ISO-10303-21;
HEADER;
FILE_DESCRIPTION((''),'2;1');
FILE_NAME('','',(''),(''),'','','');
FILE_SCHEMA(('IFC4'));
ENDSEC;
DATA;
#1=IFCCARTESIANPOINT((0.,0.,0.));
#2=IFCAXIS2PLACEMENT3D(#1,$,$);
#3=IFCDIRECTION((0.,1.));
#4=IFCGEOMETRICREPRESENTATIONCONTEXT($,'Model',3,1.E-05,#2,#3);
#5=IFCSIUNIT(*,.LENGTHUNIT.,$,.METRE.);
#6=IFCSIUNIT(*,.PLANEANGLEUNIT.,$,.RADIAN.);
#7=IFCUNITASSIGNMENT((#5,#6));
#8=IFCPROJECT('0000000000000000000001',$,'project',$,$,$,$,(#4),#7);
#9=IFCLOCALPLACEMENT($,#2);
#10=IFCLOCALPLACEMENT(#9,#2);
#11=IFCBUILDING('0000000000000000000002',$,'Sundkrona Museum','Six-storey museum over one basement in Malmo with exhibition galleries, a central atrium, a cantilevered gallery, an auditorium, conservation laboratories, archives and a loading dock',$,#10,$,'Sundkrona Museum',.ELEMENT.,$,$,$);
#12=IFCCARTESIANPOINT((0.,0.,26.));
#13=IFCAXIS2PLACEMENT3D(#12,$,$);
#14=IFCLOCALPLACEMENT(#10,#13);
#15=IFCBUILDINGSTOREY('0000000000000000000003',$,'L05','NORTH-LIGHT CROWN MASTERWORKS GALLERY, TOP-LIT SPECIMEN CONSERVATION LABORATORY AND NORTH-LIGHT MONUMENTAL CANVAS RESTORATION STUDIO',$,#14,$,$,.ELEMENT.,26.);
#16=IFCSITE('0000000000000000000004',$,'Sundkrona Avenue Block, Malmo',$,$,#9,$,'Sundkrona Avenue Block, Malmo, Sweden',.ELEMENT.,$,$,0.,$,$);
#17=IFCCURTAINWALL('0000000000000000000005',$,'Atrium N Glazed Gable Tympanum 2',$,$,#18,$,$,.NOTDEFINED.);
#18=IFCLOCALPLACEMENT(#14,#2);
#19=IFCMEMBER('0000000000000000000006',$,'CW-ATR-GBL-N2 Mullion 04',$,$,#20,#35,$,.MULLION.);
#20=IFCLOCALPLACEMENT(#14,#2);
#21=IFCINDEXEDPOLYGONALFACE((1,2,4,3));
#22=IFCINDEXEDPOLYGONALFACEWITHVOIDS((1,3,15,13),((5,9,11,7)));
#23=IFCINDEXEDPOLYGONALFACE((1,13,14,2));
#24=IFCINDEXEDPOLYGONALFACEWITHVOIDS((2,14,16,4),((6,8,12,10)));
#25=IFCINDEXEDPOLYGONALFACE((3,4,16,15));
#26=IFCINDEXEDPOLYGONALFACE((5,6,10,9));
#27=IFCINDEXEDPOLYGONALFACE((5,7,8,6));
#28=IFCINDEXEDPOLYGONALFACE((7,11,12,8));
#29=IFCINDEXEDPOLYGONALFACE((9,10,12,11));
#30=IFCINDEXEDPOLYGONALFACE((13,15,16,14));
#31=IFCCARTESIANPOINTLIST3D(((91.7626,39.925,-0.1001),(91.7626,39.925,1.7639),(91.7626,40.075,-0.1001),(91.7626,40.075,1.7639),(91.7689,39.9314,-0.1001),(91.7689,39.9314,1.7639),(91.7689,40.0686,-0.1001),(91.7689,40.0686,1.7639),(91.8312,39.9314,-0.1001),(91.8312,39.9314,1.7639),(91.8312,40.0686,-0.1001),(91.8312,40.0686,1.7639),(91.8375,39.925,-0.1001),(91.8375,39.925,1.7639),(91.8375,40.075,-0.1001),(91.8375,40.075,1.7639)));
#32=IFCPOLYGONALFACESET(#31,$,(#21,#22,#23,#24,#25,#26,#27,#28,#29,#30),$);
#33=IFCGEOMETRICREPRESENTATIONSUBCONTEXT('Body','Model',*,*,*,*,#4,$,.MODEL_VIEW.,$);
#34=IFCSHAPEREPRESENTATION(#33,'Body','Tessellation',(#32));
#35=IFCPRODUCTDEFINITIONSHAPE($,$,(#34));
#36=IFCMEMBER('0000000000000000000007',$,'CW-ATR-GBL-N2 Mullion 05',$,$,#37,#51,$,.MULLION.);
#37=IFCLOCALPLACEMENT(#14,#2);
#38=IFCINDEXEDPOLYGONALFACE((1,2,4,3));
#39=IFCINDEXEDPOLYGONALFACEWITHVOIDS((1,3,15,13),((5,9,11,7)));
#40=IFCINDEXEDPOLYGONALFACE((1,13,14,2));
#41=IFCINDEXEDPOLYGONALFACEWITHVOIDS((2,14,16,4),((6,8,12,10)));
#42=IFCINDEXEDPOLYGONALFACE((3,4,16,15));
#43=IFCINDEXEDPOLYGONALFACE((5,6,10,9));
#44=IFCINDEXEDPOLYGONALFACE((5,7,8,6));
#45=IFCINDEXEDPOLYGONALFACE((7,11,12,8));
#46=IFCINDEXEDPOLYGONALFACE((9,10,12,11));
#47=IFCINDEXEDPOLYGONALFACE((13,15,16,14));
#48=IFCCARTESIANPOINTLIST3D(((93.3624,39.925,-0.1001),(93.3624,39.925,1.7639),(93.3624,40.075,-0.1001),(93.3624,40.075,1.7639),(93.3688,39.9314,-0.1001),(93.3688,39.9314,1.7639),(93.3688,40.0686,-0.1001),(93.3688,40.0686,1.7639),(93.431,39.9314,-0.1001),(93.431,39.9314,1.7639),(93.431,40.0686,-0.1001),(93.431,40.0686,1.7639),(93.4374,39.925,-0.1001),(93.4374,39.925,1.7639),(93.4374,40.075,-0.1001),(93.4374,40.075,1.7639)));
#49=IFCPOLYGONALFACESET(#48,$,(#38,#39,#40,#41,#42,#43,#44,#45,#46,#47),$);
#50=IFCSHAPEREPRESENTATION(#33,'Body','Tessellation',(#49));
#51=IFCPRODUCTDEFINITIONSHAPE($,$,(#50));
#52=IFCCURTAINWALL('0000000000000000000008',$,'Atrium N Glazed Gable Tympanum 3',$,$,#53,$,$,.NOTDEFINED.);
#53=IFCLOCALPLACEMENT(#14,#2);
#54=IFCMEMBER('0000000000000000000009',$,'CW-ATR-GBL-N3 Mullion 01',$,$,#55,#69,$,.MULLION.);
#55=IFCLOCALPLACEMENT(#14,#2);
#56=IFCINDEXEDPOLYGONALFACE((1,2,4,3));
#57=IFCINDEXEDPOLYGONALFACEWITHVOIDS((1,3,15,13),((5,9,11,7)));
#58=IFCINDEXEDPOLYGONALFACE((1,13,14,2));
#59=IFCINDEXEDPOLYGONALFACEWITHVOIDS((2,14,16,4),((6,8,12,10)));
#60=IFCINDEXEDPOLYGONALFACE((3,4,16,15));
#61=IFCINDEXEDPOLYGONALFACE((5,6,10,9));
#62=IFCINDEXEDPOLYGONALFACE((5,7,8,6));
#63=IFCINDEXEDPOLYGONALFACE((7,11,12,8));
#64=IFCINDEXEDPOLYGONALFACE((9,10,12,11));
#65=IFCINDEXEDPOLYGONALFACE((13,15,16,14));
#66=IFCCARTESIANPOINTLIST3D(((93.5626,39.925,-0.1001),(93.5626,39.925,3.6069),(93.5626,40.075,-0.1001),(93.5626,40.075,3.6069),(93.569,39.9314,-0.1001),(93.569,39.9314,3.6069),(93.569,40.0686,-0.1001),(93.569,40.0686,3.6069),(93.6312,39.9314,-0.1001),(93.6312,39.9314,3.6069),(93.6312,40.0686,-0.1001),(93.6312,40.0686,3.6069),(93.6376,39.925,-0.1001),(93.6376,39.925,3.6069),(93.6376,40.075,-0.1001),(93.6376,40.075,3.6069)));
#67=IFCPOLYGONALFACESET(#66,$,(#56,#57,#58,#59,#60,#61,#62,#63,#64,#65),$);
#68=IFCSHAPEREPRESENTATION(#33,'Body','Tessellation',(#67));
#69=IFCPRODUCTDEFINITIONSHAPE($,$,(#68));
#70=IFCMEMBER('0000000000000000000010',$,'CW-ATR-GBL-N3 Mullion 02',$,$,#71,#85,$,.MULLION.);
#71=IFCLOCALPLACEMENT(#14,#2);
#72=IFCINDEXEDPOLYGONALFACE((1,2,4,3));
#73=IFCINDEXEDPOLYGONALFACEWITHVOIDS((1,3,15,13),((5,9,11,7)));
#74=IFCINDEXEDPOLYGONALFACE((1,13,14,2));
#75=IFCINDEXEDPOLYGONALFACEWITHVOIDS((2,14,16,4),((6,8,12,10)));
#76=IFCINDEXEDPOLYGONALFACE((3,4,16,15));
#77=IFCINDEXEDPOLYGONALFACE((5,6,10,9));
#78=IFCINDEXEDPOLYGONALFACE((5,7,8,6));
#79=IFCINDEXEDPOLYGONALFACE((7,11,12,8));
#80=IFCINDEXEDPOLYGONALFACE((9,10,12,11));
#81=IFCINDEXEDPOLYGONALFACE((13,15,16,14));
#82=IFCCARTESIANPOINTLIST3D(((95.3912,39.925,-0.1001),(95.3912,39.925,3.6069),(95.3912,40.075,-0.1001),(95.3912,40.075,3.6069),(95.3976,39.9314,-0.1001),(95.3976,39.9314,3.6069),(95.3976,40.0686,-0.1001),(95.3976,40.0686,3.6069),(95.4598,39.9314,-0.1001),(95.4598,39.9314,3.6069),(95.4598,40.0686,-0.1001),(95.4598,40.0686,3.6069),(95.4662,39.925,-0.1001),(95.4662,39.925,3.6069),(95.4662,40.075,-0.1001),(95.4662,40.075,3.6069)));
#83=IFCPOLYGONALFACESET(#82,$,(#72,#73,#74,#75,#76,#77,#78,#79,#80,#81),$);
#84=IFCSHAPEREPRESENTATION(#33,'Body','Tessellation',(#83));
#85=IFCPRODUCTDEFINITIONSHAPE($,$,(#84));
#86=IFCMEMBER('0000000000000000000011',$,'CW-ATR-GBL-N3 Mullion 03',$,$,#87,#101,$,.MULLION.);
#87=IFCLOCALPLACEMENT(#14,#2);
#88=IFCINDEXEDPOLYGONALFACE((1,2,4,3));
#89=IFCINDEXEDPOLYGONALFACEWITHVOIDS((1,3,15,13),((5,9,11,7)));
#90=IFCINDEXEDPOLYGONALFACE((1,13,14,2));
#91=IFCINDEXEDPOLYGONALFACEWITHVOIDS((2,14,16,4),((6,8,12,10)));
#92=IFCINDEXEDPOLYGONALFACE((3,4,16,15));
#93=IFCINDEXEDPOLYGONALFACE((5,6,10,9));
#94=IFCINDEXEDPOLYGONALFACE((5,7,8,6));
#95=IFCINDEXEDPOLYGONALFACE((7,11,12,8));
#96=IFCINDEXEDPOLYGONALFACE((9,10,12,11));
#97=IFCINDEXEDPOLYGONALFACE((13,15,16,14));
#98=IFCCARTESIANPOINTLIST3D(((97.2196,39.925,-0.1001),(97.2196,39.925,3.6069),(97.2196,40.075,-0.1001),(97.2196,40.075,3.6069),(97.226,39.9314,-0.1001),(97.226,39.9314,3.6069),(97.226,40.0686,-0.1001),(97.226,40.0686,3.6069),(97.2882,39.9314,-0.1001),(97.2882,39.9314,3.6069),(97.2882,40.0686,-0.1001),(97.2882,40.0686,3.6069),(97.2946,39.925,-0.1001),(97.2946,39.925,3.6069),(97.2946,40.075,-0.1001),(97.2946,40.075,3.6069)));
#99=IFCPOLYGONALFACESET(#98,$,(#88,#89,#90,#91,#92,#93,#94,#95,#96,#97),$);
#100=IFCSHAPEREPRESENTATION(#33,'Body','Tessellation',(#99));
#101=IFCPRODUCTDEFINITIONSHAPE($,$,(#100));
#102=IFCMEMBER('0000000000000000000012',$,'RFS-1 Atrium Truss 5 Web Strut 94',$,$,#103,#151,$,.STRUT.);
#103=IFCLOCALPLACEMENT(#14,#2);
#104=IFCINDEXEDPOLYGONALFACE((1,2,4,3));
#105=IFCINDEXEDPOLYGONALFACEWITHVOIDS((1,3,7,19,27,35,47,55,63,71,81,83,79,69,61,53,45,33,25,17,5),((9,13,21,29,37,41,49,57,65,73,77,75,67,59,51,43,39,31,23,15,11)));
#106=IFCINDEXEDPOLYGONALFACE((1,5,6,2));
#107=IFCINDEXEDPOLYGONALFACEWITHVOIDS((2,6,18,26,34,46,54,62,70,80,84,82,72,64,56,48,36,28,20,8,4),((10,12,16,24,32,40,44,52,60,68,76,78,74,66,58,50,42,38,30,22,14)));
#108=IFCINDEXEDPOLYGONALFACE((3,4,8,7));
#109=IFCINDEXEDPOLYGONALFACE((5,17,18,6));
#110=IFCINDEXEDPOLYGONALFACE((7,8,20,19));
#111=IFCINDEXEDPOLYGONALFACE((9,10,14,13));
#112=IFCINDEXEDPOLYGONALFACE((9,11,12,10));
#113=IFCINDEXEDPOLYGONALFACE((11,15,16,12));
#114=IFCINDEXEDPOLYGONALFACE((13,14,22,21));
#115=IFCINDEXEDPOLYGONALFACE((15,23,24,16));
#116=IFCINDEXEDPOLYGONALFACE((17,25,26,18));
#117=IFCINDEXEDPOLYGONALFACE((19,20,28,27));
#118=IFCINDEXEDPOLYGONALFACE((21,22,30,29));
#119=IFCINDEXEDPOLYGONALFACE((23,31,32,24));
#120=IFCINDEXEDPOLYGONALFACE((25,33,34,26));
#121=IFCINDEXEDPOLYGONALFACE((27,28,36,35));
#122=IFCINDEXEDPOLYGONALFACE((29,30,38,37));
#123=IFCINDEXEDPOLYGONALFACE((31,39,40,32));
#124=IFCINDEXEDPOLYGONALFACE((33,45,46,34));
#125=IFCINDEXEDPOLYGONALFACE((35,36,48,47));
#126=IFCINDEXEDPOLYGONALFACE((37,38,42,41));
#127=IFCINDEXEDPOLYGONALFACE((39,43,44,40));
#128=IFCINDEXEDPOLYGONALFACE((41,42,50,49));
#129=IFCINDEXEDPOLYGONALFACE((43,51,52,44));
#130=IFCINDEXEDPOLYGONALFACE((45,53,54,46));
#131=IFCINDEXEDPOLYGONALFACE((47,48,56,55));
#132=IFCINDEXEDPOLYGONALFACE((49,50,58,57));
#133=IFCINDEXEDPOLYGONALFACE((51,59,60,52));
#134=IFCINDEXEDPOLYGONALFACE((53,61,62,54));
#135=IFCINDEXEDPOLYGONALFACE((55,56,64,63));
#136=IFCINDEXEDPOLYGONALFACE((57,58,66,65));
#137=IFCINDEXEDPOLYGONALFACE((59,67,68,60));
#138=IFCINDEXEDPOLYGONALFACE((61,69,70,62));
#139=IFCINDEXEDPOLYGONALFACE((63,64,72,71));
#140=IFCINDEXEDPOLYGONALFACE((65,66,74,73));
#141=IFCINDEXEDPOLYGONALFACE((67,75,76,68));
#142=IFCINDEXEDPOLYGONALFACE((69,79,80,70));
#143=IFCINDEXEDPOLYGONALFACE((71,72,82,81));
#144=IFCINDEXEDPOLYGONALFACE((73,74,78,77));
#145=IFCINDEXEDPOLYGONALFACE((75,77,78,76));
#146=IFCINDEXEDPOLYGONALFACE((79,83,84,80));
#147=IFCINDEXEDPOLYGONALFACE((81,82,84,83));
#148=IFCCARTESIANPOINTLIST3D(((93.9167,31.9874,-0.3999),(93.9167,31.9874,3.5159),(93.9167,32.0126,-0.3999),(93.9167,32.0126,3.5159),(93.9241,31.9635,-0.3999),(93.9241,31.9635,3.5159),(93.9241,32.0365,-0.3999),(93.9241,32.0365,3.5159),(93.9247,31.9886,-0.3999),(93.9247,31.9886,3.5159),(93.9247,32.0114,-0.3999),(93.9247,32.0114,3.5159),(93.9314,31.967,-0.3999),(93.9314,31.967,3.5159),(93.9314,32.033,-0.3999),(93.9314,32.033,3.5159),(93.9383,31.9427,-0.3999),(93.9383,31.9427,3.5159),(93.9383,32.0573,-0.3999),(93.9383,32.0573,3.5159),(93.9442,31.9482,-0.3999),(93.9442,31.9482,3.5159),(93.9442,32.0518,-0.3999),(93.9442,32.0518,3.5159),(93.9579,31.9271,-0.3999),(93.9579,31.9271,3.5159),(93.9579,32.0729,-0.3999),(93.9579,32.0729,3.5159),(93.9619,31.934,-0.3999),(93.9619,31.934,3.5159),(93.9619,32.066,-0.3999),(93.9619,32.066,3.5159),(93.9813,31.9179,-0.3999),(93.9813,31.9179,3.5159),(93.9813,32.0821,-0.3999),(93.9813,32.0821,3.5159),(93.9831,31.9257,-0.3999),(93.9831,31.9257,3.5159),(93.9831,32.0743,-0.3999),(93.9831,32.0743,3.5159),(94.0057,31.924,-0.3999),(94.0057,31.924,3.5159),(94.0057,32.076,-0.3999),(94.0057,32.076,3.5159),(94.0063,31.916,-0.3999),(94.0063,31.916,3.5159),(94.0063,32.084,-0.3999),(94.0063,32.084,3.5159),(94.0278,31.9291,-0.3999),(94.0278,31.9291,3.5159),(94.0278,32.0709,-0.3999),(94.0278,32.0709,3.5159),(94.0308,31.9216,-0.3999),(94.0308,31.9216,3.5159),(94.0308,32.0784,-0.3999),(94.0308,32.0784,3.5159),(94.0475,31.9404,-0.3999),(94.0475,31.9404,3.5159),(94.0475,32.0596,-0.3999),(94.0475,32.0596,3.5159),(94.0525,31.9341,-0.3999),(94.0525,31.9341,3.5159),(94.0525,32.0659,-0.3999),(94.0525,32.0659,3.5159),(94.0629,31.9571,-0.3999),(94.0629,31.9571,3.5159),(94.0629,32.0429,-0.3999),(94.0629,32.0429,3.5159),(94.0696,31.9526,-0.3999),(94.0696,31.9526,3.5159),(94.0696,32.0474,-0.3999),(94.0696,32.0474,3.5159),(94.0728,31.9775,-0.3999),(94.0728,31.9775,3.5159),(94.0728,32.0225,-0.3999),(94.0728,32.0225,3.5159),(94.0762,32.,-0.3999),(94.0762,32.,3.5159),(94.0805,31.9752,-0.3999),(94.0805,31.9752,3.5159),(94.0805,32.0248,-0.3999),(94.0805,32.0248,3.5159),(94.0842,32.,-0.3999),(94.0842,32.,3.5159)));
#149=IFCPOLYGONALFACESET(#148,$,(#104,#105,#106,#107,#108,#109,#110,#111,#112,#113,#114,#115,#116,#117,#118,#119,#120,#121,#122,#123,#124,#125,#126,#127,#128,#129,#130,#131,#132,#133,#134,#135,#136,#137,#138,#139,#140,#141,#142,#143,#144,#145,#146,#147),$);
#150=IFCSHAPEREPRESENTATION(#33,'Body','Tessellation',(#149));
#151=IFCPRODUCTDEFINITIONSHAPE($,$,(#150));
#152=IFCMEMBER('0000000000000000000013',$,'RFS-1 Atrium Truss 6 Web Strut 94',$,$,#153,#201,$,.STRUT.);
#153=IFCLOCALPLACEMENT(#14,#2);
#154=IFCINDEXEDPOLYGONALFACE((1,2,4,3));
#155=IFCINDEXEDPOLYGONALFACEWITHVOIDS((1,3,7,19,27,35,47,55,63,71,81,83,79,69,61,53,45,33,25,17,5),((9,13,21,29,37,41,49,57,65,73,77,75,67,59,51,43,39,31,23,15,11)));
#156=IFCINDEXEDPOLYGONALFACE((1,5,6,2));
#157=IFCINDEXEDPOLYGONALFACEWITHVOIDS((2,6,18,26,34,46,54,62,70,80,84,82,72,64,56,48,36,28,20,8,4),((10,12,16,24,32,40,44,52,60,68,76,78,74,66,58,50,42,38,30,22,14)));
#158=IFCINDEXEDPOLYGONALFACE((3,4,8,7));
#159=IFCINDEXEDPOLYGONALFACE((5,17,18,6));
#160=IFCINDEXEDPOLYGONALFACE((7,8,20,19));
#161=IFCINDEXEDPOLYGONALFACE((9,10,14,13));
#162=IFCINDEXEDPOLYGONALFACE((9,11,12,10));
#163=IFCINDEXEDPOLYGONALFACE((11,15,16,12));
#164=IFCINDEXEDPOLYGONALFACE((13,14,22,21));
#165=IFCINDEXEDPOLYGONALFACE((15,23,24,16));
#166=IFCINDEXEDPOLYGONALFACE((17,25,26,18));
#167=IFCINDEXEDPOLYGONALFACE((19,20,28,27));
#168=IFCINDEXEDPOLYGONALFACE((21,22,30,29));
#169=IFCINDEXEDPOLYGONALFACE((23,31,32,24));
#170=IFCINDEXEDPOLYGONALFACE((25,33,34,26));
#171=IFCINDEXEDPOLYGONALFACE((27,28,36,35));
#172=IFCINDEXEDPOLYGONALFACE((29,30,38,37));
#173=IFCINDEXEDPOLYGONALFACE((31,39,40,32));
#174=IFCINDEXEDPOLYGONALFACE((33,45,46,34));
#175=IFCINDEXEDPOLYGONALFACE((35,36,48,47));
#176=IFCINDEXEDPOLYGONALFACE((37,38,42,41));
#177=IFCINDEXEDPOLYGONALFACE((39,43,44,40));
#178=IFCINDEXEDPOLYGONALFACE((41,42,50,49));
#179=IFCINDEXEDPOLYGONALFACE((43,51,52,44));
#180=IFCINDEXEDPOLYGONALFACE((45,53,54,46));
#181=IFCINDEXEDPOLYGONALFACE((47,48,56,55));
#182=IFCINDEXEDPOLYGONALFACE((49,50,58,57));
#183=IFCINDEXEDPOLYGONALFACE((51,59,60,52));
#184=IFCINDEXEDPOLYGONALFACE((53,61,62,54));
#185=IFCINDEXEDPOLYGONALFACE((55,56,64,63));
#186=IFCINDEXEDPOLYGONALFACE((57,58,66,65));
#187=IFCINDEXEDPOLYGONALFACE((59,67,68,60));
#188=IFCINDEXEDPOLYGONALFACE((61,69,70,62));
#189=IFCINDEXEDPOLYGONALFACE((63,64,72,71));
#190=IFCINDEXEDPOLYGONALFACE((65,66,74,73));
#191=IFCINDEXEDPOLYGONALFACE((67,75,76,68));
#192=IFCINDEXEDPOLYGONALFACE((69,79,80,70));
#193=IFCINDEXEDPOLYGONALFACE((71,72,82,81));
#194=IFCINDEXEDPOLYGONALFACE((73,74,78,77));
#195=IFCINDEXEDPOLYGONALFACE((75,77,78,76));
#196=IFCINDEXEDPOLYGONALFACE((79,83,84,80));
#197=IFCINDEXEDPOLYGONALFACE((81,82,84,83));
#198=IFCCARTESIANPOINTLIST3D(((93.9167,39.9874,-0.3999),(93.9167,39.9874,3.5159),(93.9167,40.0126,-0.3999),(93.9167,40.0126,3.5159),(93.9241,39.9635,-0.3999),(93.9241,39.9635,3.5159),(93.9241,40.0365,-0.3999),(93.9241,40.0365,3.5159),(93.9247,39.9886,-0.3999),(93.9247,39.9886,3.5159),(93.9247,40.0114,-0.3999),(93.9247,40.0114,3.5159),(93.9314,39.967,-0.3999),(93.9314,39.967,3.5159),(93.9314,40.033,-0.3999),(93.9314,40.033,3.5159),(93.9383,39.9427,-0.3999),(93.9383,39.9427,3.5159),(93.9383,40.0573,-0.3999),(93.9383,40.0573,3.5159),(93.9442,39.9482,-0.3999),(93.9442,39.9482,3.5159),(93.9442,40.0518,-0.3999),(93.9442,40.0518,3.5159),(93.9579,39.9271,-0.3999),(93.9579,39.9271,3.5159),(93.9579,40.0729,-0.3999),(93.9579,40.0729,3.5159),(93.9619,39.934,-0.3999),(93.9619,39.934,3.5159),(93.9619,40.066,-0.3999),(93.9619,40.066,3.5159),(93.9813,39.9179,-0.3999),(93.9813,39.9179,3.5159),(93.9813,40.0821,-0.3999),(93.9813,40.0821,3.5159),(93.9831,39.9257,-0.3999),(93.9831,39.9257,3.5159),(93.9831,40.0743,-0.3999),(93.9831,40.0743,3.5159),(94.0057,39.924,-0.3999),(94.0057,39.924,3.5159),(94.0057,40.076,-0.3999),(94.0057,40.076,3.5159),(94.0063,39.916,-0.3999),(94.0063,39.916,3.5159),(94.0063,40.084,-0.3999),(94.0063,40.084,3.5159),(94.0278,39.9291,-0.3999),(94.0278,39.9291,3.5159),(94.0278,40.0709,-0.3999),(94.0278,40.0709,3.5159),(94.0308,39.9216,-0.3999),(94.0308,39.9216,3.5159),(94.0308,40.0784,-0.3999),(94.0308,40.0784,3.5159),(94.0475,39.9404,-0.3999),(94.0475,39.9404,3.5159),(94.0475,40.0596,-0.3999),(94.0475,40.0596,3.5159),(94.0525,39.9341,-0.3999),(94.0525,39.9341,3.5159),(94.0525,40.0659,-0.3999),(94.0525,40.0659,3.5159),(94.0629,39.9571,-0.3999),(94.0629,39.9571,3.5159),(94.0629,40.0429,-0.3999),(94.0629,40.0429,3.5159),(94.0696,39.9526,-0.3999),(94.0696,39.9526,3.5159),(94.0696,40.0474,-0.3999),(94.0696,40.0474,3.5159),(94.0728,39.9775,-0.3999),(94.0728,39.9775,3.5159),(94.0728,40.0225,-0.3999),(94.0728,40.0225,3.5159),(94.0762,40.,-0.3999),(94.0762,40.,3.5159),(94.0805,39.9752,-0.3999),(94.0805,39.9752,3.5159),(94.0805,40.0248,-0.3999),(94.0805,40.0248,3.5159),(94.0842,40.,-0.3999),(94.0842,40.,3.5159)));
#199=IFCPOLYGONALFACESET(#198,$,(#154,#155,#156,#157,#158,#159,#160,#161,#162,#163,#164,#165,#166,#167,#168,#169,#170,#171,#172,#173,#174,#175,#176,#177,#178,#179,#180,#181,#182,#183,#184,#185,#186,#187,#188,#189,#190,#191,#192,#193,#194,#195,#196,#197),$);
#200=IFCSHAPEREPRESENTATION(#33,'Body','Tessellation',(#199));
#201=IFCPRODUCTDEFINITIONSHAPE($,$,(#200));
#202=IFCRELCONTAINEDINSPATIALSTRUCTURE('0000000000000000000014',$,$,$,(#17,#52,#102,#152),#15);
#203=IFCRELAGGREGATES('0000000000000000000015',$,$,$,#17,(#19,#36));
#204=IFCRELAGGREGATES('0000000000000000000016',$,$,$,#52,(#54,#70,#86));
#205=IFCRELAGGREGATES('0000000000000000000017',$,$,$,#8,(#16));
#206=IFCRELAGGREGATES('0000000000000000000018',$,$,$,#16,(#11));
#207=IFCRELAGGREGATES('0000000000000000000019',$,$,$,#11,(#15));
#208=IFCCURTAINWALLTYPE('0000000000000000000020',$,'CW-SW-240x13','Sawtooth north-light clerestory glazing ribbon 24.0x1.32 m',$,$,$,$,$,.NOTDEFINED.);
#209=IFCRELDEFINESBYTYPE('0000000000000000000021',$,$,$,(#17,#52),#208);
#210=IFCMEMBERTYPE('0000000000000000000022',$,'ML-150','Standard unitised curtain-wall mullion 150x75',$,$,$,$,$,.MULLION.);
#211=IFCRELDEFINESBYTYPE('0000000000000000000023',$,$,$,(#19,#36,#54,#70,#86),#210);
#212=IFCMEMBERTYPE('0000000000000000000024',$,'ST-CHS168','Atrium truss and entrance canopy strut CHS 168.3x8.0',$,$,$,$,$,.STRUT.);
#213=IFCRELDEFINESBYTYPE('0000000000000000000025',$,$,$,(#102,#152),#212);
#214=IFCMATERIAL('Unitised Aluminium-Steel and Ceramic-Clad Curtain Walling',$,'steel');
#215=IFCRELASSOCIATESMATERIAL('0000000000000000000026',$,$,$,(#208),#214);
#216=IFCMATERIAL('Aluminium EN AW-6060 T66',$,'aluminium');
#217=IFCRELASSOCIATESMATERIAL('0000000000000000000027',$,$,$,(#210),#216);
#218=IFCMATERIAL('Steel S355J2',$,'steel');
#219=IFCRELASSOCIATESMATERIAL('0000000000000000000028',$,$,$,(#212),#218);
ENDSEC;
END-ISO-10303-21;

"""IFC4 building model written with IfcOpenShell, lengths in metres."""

from ifc_helpers import new_model, si_unit, direction, frame, origin, origin_2d, place, context, subcontext, project, spatial, hollow_rectangle, hollow_circle, extrude, material, material_profile, profile_set, type_object, element, aggregate, save


model = new_model("IFC4")

# Units and contexts
model_context = context("Model", 3, precision=1e-05, world=origin(), true_north=direction((0.0, 1.0)))
body_context = subcontext(model_context, "Body", "Model", "MODEL_VIEW")
ifc_project = project(units=[si_unit("LENGTHUNIT", "METRE"), si_unit("PLANEANGLEUNIT", "RADIAN")], contexts=[model_context])

# Site, building, storey
site_placement = place(None, origin())
site = spatial("IfcSite", under=ifc_project, at=site_placement, Name="Sundkrona Avenue Block, Malmo", LongName="Sundkrona Avenue Block, Malmo, Sweden", CompositionType="ELEMENT", RefElevation=0.0)
building_placement = place(site_placement, origin())
building = spatial("IfcBuilding", under=site, at=building_placement, Name="Sundkrona Museum", Description="Six-storey museum over one basement in Malmo with exhibition galleries, a central atrium, a cantilevered gallery, an auditorium, conservation laboratories, archives and a loading dock", LongName="Sundkrona Museum", CompositionType="ELEMENT")
storey_placement = place(building_placement, frame((0.0, 0.0, 26.0)))
storey = spatial("IfcBuildingStorey", under=building, at=storey_placement, Name="L05", Description="NORTH-LIGHT CROWN MASTERWORKS GALLERY, TOP-LIT SPECIMEN CONSERVATION LABORATORY AND NORTH-LIGHT MONUMENTAL CANVAS RESTORATION STUDIO", CompositionType="ELEMENT", Elevation=26.0)

# Curtain walls, members
ifc_material_1 = material(Name="Unitised Aluminium-Steel and Ceramic-Clad Curtain Walling", Category="steel")
curtain_wall_type = type_object("IfcCurtainWallType", Name="CW-SW-240x13", Description="Sawtooth north-light clerestory glazing ribbon 24.0x1.32 m", PredefinedType="NOTDEFINED", material=ifc_material_1)
curtain_wall_1_placement = place(storey_placement, origin())
curtain_wall_1 = element("IfcCurtainWall", 1, at=curtain_wall_1_placement, inside=storey, type_object=curtain_wall_type, Name="Atrium N Glazed Gable Tympanum 2", PredefinedType="NOTDEFINED")
ifc_material_2 = material(Name="Aluminium EN AW-6060 T66", Category="aluminium")
ifc_material_profile_1 = material_profile(ifc_material_2, hollow_rectangle(XDim=0.075, YDim=0.1499, WallThickness=0.0063, at=origin_2d()), Name="RHS 150x75x6.3")
ifc_profile_set_1 = profile_set([ifc_material_profile_1], Name="Aluminium EN AW-6060 T66")
member_type_1 = type_object("IfcMemberType", Name="ML-150", Description="Standard unitised curtain-wall mullion 150x75", PredefinedType="MULLION", material=ifc_profile_set_1)
member_1_placement = place(storey_placement, frame((91.8, 40.0, -0.1001), z_axis=(0.0, 0.0, 1.0), x_axis=(1.0, 0.0, 0.0)))
member_1 = element("IfcMember", 2, at=member_1_placement, type_object=member_type_1, Name="CW-ATR-GBL-N2 Mullion 04", PredefinedType="MULLION", context=body_context, shape_type="SweptSolid", body=[
    extrude(hollow_rectangle(XDim=0.075, YDim=0.1499, WallThickness=0.0063, at=origin_2d()), origin(), (0.0, 0.0, 1.0), 1.864),
])
member_2_placement = place(storey_placement, frame((93.3999, 40.0, -0.1001), z_axis=(0.0, 0.0, 1.0), x_axis=(1.0, 0.0, 0.0)))
member_2 = element("IfcMember", 3, at=member_2_placement, type_object=member_type_1, Name="CW-ATR-GBL-N2 Mullion 05", PredefinedType="MULLION", context=body_context, shape_type="SweptSolid", body=[
    extrude(hollow_rectangle(XDim=0.075, YDim=0.1499, WallThickness=0.0063, at=origin_2d()), origin(), (0.0, 0.0, 1.0), 1.864),
])
curtain_wall_2_placement = place(storey_placement, origin())
curtain_wall_2 = element("IfcCurtainWall", 4, at=curtain_wall_2_placement, inside=storey, type_object=curtain_wall_type, Name="Atrium N Glazed Gable Tympanum 3", PredefinedType="NOTDEFINED")
member_3_placement = place(storey_placement, frame((93.6001, 40.0, -0.1001), z_axis=(0.0, 0.0, 1.0), x_axis=(1.0, 0.0, 0.0)))
member_3 = element("IfcMember", 5, at=member_3_placement, type_object=member_type_1, Name="CW-ATR-GBL-N3 Mullion 01", PredefinedType="MULLION", context=body_context, shape_type="SweptSolid", body=[
    extrude(hollow_rectangle(XDim=0.075, YDim=0.1499, WallThickness=0.0063, at=origin_2d()), origin(), (0.0, 0.0, 1.0), 3.707),
])
member_4_placement = place(storey_placement, frame((95.4287, 40.0, -0.1001), z_axis=(0.0, 0.0, 1.0), x_axis=(1.0, 0.0, 0.0)))
member_4 = element("IfcMember", 6, at=member_4_placement, type_object=member_type_1, Name="CW-ATR-GBL-N3 Mullion 02", PredefinedType="MULLION", context=body_context, shape_type="SweptSolid", body=[
    extrude(hollow_rectangle(XDim=0.075, YDim=0.1499, WallThickness=0.0063, at=origin_2d()), origin(), (0.0, 0.0, 1.0), 3.707),
])
member_5_placement = place(storey_placement, frame((97.2571, 40.0, -0.1001), z_axis=(0.0, 0.0, 1.0), x_axis=(1.0, 0.0, 0.0)))
member_5 = element("IfcMember", 7, at=member_5_placement, type_object=member_type_1, Name="CW-ATR-GBL-N3 Mullion 03", PredefinedType="MULLION", context=body_context, shape_type="SweptSolid", body=[
    extrude(hollow_rectangle(XDim=0.075, YDim=0.1499, WallThickness=0.0063, at=origin_2d()), origin(), (0.0, 0.0, 1.0), 3.707),
])

# Members
ifc_material_3 = material(Name="Steel S355J2", Category="steel")
ifc_material_profile_2 = material_profile(ifc_material_3, hollow_circle(Radius=0.0842, WallThickness=0.0081, at=origin_2d()), Name="CHS 168.3x8.0")
ifc_profile_set_2 = profile_set([ifc_material_profile_2], Name="Steel S355J2")
member_type_2 = type_object("IfcMemberType", Name="ST-CHS168", Description="Atrium truss and entrance canopy strut CHS 168.3x8.0", PredefinedType="STRUT", material=ifc_profile_set_2)
for number, where, z_axis, x_axis, name in (
    (8, (94.0, 32.0, -0.3999), (0.0, 0.0, 1.0), (1.0, 0.0, 0.0), "RFS-1 Atrium Truss 5 Web Strut 94"),
    (9, (94.0, 40.0, -0.3999), (0.0, 0.0, 1.0), (1.0, 0.0, 0.0), "RFS-1 Atrium Truss 6 Web Strut 94"),
):
    element("IfcMember", number, at=place(storey_placement, frame(where, z_axis=z_axis, x_axis=x_axis)), inside=storey, type_object=member_type_2, Name=name, PredefinedType="STRUT", context=body_context, shape_type="SweptSolid", body=[
        extrude(hollow_circle(Radius=0.0842, WallThickness=0.0081, at=origin_2d()), origin(), (0.0, 0.0, 1.0), 3.9158),
    ])

aggregate(curtain_wall_1, [member_1, member_2])
aggregate(curtain_wall_2, [member_3, member_4, member_5])

save(model, "model.ifc")
